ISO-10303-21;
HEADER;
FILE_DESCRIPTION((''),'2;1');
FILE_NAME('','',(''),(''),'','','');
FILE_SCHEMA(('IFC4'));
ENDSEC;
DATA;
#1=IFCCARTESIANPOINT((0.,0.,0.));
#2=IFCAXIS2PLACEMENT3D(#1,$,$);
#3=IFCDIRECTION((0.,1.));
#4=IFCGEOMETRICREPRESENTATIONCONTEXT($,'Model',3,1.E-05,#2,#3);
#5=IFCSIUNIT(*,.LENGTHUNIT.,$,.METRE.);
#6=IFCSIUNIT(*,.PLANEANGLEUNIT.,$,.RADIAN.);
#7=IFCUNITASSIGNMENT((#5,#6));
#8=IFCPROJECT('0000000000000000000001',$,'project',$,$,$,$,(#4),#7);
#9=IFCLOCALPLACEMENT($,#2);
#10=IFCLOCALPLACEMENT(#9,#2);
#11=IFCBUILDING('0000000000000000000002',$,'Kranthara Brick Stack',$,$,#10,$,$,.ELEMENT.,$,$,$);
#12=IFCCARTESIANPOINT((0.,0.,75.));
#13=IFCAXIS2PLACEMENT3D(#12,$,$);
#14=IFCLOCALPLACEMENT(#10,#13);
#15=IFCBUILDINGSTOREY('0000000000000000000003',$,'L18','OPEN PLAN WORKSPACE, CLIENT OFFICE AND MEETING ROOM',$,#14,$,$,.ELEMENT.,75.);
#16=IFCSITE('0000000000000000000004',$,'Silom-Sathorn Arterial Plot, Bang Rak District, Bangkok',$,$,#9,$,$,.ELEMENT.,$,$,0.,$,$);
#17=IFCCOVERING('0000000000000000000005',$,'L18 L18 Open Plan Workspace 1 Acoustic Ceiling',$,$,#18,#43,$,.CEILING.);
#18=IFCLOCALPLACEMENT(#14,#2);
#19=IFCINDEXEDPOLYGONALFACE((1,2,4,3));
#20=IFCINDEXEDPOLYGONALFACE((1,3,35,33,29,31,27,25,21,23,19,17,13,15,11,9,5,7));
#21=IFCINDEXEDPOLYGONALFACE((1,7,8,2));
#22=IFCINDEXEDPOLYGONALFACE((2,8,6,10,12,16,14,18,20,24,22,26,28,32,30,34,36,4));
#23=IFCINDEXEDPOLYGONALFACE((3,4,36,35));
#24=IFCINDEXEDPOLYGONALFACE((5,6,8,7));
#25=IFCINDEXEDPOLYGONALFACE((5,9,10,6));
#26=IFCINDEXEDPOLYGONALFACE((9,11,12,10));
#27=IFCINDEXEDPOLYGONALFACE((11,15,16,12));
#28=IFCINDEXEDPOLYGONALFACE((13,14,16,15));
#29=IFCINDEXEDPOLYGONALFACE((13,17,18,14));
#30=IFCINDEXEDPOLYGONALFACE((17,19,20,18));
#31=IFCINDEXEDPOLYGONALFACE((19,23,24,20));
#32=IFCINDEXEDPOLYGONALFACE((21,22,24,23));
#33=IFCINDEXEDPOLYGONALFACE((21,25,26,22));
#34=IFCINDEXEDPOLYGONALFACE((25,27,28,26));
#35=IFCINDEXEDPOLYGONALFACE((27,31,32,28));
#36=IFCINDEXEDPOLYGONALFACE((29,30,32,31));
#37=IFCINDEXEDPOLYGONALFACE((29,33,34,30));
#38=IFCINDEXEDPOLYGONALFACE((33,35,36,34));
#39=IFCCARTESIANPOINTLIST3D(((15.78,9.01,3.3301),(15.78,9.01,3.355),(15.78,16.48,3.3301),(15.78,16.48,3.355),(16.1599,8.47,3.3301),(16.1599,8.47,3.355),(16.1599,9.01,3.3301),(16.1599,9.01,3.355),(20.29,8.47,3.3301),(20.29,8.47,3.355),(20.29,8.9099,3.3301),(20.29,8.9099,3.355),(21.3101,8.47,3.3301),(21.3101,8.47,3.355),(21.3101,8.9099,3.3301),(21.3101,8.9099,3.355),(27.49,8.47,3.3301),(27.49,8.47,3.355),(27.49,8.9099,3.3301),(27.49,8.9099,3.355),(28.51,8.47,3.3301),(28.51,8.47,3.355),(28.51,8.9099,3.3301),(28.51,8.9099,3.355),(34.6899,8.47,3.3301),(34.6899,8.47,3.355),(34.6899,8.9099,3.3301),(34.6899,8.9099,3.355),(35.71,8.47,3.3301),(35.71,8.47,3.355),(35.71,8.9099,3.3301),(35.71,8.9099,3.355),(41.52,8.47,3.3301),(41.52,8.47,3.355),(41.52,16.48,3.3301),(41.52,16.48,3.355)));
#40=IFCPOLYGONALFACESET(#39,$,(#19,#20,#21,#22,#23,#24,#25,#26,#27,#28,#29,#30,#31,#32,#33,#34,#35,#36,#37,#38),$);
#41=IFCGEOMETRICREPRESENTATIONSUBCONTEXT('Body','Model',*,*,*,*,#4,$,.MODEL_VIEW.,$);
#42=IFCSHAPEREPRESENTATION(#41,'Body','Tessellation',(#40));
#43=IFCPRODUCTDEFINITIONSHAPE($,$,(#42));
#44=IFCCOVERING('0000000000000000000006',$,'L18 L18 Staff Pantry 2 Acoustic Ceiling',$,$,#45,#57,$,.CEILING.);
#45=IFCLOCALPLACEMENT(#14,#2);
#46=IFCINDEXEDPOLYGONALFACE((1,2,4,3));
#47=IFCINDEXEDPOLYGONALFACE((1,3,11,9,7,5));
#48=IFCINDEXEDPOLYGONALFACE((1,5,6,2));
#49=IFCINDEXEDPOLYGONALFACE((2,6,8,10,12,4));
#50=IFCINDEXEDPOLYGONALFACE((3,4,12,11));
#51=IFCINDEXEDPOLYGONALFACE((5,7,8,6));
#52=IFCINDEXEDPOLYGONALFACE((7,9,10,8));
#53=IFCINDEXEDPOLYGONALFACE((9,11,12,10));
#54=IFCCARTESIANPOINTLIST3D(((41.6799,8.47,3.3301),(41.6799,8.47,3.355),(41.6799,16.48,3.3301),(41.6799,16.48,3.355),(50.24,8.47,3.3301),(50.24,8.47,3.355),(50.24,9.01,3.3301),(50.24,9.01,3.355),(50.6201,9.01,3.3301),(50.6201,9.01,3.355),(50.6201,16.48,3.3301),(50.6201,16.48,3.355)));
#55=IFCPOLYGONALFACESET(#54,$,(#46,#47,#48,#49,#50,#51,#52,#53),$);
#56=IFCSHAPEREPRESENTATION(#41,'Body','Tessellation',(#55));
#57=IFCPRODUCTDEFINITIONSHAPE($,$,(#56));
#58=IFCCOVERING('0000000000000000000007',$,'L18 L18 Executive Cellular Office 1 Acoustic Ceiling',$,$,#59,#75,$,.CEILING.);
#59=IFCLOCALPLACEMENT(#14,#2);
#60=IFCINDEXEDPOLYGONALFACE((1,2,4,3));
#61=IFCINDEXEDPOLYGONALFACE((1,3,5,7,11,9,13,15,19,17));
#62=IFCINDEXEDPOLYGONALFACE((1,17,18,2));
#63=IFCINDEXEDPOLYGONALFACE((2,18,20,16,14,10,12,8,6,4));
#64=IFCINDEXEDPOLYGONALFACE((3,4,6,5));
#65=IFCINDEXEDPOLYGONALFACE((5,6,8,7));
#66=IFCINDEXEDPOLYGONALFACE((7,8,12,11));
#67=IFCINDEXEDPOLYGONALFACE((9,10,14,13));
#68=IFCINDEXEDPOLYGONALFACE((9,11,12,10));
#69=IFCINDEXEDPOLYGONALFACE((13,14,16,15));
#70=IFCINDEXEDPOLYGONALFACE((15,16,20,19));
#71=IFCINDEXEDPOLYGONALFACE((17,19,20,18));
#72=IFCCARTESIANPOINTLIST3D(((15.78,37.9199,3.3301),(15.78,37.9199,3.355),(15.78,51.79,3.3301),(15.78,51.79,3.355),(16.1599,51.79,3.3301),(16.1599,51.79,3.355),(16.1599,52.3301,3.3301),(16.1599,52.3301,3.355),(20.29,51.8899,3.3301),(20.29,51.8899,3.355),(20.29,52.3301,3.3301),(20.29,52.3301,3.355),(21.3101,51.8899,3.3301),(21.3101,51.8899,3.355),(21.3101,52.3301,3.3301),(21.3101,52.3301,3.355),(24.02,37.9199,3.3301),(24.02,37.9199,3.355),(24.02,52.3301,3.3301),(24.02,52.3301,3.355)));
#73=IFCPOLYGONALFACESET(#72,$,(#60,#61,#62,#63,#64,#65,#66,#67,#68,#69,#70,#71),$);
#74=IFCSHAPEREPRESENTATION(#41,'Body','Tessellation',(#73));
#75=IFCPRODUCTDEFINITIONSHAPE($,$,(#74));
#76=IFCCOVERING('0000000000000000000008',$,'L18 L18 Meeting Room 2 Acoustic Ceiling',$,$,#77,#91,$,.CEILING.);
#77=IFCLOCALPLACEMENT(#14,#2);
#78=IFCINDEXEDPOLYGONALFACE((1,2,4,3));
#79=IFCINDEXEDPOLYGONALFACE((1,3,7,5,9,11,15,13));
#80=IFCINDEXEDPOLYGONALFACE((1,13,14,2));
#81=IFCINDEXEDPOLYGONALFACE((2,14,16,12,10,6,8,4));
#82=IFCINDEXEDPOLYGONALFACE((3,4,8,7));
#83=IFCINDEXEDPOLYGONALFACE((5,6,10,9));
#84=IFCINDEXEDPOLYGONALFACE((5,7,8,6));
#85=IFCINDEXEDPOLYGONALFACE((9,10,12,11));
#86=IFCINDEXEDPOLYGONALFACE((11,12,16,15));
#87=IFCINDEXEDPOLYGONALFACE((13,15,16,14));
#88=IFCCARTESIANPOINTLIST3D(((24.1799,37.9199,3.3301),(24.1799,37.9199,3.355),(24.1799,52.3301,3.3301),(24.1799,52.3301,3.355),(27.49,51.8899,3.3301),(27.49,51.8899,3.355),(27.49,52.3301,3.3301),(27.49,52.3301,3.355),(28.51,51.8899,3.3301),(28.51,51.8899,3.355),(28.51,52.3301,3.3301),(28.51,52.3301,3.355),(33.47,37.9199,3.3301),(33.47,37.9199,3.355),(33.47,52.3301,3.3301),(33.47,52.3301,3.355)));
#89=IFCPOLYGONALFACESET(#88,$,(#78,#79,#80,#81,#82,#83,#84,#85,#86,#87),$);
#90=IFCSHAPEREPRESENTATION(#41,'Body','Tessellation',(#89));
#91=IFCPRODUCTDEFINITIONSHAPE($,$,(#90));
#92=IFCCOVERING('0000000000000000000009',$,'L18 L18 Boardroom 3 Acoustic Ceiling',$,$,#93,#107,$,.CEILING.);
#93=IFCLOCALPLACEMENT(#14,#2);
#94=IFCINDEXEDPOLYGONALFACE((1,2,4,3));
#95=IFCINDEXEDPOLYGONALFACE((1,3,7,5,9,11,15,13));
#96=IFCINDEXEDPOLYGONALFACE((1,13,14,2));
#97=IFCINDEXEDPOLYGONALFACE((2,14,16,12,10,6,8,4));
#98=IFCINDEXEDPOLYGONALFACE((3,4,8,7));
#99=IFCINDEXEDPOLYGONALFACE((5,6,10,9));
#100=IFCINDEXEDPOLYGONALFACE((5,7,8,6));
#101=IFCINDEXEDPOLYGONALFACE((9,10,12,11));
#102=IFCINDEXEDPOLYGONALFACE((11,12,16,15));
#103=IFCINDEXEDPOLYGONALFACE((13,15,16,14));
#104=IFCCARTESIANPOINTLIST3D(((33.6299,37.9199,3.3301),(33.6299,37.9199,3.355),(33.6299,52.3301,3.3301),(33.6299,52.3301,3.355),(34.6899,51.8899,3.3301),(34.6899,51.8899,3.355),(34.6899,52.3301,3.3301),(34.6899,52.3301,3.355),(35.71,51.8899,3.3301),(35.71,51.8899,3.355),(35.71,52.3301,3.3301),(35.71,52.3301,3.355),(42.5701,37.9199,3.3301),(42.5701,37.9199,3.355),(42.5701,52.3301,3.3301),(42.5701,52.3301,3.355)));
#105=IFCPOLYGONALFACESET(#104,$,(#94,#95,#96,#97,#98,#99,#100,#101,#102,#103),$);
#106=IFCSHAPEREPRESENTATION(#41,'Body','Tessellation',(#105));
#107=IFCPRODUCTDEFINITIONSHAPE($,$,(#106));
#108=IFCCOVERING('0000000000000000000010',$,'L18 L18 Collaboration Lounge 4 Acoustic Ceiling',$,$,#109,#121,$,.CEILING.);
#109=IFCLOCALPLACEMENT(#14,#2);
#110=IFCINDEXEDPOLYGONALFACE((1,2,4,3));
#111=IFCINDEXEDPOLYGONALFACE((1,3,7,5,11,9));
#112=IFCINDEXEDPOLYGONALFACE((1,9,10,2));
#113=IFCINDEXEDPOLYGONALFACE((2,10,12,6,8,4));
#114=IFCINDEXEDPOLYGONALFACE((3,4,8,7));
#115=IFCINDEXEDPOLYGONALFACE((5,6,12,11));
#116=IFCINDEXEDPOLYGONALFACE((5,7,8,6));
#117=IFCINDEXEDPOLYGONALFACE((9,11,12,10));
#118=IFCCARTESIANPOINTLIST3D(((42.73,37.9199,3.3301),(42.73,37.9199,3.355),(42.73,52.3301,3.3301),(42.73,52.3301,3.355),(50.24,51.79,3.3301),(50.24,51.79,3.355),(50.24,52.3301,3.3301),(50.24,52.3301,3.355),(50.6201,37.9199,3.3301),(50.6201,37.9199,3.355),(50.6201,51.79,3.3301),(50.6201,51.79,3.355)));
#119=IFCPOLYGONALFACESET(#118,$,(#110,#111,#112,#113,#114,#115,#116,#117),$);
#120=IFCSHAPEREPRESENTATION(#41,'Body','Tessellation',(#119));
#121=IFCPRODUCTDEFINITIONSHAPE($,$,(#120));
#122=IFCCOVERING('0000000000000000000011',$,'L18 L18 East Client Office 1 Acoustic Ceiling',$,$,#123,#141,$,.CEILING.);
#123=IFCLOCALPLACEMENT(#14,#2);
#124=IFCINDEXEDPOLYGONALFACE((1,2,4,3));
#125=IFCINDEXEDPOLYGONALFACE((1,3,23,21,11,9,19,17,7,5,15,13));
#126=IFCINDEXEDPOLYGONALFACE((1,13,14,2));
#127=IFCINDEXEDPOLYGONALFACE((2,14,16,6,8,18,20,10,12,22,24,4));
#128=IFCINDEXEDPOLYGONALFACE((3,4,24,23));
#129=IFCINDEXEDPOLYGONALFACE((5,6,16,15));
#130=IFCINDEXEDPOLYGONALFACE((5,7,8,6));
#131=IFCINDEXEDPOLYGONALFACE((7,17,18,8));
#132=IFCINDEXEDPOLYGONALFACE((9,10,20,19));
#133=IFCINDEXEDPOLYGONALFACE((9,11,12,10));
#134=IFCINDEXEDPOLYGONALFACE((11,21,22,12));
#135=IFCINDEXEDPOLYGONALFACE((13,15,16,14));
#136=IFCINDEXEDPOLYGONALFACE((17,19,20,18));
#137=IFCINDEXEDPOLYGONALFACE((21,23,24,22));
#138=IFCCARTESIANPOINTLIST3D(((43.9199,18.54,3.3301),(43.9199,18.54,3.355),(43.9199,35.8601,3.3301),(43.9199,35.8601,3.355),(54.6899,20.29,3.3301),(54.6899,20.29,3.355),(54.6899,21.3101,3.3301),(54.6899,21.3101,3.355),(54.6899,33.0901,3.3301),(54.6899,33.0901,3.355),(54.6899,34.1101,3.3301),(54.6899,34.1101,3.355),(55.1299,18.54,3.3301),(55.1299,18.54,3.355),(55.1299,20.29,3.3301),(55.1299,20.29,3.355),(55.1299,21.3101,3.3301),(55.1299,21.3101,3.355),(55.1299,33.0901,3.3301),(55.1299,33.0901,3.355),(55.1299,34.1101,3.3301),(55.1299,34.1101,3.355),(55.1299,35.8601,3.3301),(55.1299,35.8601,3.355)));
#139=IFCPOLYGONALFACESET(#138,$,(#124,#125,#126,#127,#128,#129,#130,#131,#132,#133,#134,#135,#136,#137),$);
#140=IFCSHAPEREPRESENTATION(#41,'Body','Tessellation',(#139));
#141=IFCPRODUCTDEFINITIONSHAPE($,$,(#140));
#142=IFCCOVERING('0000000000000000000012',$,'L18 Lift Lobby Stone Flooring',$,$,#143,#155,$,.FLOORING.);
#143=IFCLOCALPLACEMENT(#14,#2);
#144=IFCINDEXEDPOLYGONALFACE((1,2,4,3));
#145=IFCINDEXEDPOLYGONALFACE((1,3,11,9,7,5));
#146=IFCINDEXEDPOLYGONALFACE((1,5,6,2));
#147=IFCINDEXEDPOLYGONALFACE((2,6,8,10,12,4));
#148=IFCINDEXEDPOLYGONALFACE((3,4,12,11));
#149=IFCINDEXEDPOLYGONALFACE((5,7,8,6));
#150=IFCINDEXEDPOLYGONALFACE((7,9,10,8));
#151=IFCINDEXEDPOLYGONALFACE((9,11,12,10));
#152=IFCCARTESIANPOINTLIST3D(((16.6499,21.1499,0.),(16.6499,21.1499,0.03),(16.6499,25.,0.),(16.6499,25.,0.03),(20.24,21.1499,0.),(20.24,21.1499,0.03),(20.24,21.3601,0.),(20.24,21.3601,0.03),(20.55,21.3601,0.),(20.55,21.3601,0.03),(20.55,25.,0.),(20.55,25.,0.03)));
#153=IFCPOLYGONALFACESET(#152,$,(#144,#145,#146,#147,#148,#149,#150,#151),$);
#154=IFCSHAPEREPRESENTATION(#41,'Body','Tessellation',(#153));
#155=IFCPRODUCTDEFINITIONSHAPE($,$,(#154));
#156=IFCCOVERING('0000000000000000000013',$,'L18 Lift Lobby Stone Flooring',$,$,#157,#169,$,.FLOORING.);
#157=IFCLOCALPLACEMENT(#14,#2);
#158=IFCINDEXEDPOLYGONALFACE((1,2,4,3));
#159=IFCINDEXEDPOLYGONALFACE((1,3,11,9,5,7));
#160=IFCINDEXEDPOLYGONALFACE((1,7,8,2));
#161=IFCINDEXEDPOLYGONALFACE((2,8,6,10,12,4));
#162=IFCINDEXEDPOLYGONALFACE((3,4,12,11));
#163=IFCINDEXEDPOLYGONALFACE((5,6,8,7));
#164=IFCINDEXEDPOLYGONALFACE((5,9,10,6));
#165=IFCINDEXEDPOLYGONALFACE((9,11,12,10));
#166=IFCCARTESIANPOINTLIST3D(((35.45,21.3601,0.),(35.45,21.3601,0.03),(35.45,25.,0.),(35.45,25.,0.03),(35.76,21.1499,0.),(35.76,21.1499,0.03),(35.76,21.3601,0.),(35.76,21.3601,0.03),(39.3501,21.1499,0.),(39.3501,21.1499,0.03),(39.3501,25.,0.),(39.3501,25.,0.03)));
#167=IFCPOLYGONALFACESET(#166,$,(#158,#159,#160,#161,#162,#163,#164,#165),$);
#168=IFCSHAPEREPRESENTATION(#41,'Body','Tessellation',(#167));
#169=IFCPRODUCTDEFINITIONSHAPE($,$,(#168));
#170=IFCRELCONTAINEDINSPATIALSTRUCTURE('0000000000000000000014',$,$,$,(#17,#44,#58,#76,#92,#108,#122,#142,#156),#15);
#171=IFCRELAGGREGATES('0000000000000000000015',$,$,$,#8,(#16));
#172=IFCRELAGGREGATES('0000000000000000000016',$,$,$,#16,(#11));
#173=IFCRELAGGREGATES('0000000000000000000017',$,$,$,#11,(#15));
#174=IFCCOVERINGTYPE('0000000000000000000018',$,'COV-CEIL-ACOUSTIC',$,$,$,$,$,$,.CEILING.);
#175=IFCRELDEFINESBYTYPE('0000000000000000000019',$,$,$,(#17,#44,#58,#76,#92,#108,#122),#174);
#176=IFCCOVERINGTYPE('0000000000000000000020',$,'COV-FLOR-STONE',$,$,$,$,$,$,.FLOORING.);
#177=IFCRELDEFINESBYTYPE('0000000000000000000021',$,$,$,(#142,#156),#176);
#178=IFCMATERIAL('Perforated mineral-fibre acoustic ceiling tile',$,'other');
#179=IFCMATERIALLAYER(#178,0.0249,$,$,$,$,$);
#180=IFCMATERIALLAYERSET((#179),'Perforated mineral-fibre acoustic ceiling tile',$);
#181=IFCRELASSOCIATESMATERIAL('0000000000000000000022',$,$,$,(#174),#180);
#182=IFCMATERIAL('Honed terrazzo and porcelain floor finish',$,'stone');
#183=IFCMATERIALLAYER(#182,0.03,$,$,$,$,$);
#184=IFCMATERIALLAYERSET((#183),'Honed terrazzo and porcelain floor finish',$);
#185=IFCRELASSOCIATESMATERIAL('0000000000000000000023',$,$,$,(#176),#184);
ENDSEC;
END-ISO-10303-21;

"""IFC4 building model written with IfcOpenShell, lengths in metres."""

from ifc_helpers import new_model, si_unit, direction, frame, origin, place, context, subcontext, project, spatial, polyline, outline, extrude, material, layer, layer_set, type_object, element, save


model = new_model("IFC4")

# Units and contexts
model_context = context("Model", 3, precision=1e-05, world=origin(), true_north=direction((0.0, 1.0)))
body_context = subcontext(model_context, "Body", "Model", "MODEL_VIEW")
ifc_project = project(units=[si_unit("LENGTHUNIT", "METRE"), si_unit("PLANEANGLEUNIT", "RADIAN")], contexts=[model_context])

# Site, building, storey
site_placement = place(None, origin())
site = spatial("IfcSite", under=ifc_project, at=site_placement, Name="Silom-Sathorn Arterial Plot, Bang Rak District, Bangkok", CompositionType="ELEMENT", RefElevation=0.0)
building_placement = place(site_placement, origin())
building = spatial("IfcBuilding", under=site, at=building_placement, Name="Kranthara Brick Stack", CompositionType="ELEMENT")
storey_placement = place(building_placement, frame((0.0, 0.0, 75.0)))
storey = spatial("IfcBuildingStorey", under=building, at=storey_placement, Name="L18", Description="OPEN PLAN WORKSPACE, CLIENT OFFICE AND MEETING ROOM", CompositionType="ELEMENT", Elevation=75.0)

# Coverings
ifc_material_1 = material(Name="Perforated mineral-fibre acoustic ceiling tile", Category="other")
ifc_layer_1 = layer(ifc_material_1, 0.0249)
ifc_layer_set_1 = layer_set([ifc_layer_1], Name="Perforated mineral-fibre acoustic ceiling tile")
covering_type_1 = type_object("IfcCoveringType", Name="COV-CEIL-ACOUSTIC", PredefinedType="CEILING", material=ifc_layer_set_1)
covering_1_placement = place(storey_placement, frame((0.0, 0.0, 3.3301)))
element("IfcCovering", 1, at=covering_1_placement, inside=storey, type_object=covering_type_1, Name="L18 L18 Open Plan Workspace 1 Acoustic Ceiling", PredefinedType="CEILING", context=body_context, shape_type="SweptSolid", body=[
    extrude(outline(polyline([(35.71, 8.47), (35.71, 8.9099), (34.6899, 8.9099), (34.6899, 8.47), (28.51, 8.47), (28.51, 8.9099), (27.49, 8.9099), (27.49, 8.47), (21.3101, 8.47), (21.3101, 8.9099), (20.29, 8.9099), (20.29, 8.47), (16.1599, 8.47), (16.1599, 9.01), (15.78, 9.01), (15.78, 16.48), (41.52, 16.48), (41.52, 8.47), (35.71, 8.47)])), origin(), (0.0, 0.0, 1.0), 0.0249),
])
covering_2_placement = place(storey_placement, frame((0.0, 0.0, 3.3301)))
element("IfcCovering", 2, at=covering_2_placement, inside=storey, type_object=covering_type_1, Name="L18 L18 Staff Pantry 2 Acoustic Ceiling", PredefinedType="CEILING", context=body_context, shape_type="SweptSolid", body=[
    extrude(outline(polyline([(41.6799, 8.47), (41.6799, 16.48), (50.6201, 16.48), (50.6201, 9.01), (50.24, 9.01), (50.24, 8.47), (41.6799, 8.47)])), origin(), (0.0, 0.0, 1.0), 0.0249),
])
covering_3_placement = place(storey_placement, frame((0.0, 0.0, 3.3301)))
element("IfcCovering", 3, at=covering_3_placement, inside=storey, type_object=covering_type_1, Name="L18 L18 Executive Cellular Office 1 Acoustic Ceiling", PredefinedType="CEILING", context=body_context, shape_type="SweptSolid", body=[
    extrude(outline(polyline([(24.02, 37.9199), (15.78, 37.9199), (15.78, 51.79), (16.1599, 51.79), (16.1599, 52.3301), (20.29, 52.3301), (20.29, 51.8899), (21.3101, 51.8899), (21.3101, 52.3301), (24.02, 52.3301), (24.02, 37.9199)])), origin(), (0.0, 0.0, 1.0), 0.0249),
])
covering_4_placement = place(storey_placement, frame((0.0, 0.0, 3.3301)))
element("IfcCovering", 4, at=covering_4_placement, inside=storey, type_object=covering_type_1, Name="L18 L18 Meeting Room 2 Acoustic Ceiling", PredefinedType="CEILING", context=body_context, shape_type="SweptSolid", body=[
    extrude(outline(polyline([(33.47, 52.3301), (33.47, 37.9199), (24.1799, 37.9199), (24.1799, 52.3301), (27.49, 52.3301), (27.49, 51.8899), (28.51, 51.8899), (28.51, 52.3301), (33.47, 52.3301)])), origin(), (0.0, 0.0, 1.0), 0.0249),
])
covering_5_placement = place(storey_placement, frame((0.0, 0.0, 3.3301)))
element("IfcCovering", 5, at=covering_5_placement, inside=storey, type_object=covering_type_1, Name="L18 L18 Boardroom 3 Acoustic Ceiling", PredefinedType="CEILING", context=body_context, shape_type="SweptSolid", body=[
    extrude(outline(polyline([(42.5701, 52.3301), (42.5701, 37.9199), (33.6299, 37.9199), (33.6299, 52.3301), (34.6899, 52.3301), (34.6899, 51.8899), (35.71, 51.8899), (35.71, 52.3301), (42.5701, 52.3301)])), origin(), (0.0, 0.0, 1.0), 0.0249),
])
covering_6_placement = place(storey_placement, frame((0.0, 0.0, 3.3301)))
element("IfcCovering", 6, at=covering_6_placement, inside=storey, type_object=covering_type_1, Name="L18 L18 Collaboration Lounge 4 Acoustic Ceiling", PredefinedType="CEILING", context=body_context, shape_type="SweptSolid", body=[
    extrude(outline(polyline([(50.6201, 37.9199), (42.73, 37.9199), (42.73, 52.3301), (50.24, 52.3301), (50.24, 51.79), (50.6201, 51.79), (50.6201, 37.9199)])), origin(), (0.0, 0.0, 1.0), 0.0249),
])
covering_7_placement = place(storey_placement, frame((0.0, 0.0, 3.3301)))
element("IfcCovering", 7, at=covering_7_placement, inside=storey, type_object=covering_type_1, Name="L18 L18 East Client Office 1 Acoustic Ceiling", PredefinedType="CEILING", context=body_context, shape_type="SweptSolid", body=[
    extrude(outline(polyline([(43.9199, 18.54), (43.9199, 35.8601), (55.1299, 35.8601), (55.1299, 34.1101), (54.6899, 34.1101), (54.6899, 33.0901), (55.1299, 33.0901), (55.1299, 21.3101), (54.6899, 21.3101), (54.6899, 20.29), (55.1299, 20.29), (55.1299, 18.54), (43.9199, 18.54)])), origin(), (0.0, 0.0, 1.0), 0.0249),
])
ifc_material_2 = material(Name="Honed terrazzo and porcelain floor finish", Category="stone")
ifc_layer_2 = layer(ifc_material_2, 0.03)
ifc_layer_set_2 = layer_set([ifc_layer_2], Name="Honed terrazzo and porcelain floor finish")
covering_type_2 = type_object("IfcCoveringType", Name="COV-FLOR-STONE", PredefinedType="FLOORING", material=ifc_layer_set_2)
covering_8_placement = place(storey_placement, origin())
element("IfcCovering", 8, at=covering_8_placement, inside=storey, type_object=covering_type_2, Name="L18 Lift Lobby Stone Flooring", PredefinedType="FLOORING", context=body_context, shape_type="SweptSolid", body=[
    extrude(outline(polyline([(16.6499, 21.1499), (16.6499, 25.0), (20.55, 25.0), (20.55, 21.3601), (20.24, 21.3601), (20.24, 21.1499), (16.6499, 21.1499)])), origin(), (0.0, 0.0, 1.0), 0.03),
])
covering_9_placement = place(storey_placement, origin())
element("IfcCovering", 9, at=covering_9_placement, inside=storey, type_object=covering_type_2, Name="L18 Lift Lobby Stone Flooring", PredefinedType="FLOORING", context=body_context, shape_type="SweptSolid", body=[
    extrude(outline(polyline([(35.45, 25.0), (39.3501, 25.0), (39.3501, 21.1499), (35.76, 21.1499), (35.76, 21.3601), (35.45, 21.3601), (35.45, 25.0)])), origin(), (0.0, 0.0, 1.0), 0.03),
])

save(model, "model.ifc")
